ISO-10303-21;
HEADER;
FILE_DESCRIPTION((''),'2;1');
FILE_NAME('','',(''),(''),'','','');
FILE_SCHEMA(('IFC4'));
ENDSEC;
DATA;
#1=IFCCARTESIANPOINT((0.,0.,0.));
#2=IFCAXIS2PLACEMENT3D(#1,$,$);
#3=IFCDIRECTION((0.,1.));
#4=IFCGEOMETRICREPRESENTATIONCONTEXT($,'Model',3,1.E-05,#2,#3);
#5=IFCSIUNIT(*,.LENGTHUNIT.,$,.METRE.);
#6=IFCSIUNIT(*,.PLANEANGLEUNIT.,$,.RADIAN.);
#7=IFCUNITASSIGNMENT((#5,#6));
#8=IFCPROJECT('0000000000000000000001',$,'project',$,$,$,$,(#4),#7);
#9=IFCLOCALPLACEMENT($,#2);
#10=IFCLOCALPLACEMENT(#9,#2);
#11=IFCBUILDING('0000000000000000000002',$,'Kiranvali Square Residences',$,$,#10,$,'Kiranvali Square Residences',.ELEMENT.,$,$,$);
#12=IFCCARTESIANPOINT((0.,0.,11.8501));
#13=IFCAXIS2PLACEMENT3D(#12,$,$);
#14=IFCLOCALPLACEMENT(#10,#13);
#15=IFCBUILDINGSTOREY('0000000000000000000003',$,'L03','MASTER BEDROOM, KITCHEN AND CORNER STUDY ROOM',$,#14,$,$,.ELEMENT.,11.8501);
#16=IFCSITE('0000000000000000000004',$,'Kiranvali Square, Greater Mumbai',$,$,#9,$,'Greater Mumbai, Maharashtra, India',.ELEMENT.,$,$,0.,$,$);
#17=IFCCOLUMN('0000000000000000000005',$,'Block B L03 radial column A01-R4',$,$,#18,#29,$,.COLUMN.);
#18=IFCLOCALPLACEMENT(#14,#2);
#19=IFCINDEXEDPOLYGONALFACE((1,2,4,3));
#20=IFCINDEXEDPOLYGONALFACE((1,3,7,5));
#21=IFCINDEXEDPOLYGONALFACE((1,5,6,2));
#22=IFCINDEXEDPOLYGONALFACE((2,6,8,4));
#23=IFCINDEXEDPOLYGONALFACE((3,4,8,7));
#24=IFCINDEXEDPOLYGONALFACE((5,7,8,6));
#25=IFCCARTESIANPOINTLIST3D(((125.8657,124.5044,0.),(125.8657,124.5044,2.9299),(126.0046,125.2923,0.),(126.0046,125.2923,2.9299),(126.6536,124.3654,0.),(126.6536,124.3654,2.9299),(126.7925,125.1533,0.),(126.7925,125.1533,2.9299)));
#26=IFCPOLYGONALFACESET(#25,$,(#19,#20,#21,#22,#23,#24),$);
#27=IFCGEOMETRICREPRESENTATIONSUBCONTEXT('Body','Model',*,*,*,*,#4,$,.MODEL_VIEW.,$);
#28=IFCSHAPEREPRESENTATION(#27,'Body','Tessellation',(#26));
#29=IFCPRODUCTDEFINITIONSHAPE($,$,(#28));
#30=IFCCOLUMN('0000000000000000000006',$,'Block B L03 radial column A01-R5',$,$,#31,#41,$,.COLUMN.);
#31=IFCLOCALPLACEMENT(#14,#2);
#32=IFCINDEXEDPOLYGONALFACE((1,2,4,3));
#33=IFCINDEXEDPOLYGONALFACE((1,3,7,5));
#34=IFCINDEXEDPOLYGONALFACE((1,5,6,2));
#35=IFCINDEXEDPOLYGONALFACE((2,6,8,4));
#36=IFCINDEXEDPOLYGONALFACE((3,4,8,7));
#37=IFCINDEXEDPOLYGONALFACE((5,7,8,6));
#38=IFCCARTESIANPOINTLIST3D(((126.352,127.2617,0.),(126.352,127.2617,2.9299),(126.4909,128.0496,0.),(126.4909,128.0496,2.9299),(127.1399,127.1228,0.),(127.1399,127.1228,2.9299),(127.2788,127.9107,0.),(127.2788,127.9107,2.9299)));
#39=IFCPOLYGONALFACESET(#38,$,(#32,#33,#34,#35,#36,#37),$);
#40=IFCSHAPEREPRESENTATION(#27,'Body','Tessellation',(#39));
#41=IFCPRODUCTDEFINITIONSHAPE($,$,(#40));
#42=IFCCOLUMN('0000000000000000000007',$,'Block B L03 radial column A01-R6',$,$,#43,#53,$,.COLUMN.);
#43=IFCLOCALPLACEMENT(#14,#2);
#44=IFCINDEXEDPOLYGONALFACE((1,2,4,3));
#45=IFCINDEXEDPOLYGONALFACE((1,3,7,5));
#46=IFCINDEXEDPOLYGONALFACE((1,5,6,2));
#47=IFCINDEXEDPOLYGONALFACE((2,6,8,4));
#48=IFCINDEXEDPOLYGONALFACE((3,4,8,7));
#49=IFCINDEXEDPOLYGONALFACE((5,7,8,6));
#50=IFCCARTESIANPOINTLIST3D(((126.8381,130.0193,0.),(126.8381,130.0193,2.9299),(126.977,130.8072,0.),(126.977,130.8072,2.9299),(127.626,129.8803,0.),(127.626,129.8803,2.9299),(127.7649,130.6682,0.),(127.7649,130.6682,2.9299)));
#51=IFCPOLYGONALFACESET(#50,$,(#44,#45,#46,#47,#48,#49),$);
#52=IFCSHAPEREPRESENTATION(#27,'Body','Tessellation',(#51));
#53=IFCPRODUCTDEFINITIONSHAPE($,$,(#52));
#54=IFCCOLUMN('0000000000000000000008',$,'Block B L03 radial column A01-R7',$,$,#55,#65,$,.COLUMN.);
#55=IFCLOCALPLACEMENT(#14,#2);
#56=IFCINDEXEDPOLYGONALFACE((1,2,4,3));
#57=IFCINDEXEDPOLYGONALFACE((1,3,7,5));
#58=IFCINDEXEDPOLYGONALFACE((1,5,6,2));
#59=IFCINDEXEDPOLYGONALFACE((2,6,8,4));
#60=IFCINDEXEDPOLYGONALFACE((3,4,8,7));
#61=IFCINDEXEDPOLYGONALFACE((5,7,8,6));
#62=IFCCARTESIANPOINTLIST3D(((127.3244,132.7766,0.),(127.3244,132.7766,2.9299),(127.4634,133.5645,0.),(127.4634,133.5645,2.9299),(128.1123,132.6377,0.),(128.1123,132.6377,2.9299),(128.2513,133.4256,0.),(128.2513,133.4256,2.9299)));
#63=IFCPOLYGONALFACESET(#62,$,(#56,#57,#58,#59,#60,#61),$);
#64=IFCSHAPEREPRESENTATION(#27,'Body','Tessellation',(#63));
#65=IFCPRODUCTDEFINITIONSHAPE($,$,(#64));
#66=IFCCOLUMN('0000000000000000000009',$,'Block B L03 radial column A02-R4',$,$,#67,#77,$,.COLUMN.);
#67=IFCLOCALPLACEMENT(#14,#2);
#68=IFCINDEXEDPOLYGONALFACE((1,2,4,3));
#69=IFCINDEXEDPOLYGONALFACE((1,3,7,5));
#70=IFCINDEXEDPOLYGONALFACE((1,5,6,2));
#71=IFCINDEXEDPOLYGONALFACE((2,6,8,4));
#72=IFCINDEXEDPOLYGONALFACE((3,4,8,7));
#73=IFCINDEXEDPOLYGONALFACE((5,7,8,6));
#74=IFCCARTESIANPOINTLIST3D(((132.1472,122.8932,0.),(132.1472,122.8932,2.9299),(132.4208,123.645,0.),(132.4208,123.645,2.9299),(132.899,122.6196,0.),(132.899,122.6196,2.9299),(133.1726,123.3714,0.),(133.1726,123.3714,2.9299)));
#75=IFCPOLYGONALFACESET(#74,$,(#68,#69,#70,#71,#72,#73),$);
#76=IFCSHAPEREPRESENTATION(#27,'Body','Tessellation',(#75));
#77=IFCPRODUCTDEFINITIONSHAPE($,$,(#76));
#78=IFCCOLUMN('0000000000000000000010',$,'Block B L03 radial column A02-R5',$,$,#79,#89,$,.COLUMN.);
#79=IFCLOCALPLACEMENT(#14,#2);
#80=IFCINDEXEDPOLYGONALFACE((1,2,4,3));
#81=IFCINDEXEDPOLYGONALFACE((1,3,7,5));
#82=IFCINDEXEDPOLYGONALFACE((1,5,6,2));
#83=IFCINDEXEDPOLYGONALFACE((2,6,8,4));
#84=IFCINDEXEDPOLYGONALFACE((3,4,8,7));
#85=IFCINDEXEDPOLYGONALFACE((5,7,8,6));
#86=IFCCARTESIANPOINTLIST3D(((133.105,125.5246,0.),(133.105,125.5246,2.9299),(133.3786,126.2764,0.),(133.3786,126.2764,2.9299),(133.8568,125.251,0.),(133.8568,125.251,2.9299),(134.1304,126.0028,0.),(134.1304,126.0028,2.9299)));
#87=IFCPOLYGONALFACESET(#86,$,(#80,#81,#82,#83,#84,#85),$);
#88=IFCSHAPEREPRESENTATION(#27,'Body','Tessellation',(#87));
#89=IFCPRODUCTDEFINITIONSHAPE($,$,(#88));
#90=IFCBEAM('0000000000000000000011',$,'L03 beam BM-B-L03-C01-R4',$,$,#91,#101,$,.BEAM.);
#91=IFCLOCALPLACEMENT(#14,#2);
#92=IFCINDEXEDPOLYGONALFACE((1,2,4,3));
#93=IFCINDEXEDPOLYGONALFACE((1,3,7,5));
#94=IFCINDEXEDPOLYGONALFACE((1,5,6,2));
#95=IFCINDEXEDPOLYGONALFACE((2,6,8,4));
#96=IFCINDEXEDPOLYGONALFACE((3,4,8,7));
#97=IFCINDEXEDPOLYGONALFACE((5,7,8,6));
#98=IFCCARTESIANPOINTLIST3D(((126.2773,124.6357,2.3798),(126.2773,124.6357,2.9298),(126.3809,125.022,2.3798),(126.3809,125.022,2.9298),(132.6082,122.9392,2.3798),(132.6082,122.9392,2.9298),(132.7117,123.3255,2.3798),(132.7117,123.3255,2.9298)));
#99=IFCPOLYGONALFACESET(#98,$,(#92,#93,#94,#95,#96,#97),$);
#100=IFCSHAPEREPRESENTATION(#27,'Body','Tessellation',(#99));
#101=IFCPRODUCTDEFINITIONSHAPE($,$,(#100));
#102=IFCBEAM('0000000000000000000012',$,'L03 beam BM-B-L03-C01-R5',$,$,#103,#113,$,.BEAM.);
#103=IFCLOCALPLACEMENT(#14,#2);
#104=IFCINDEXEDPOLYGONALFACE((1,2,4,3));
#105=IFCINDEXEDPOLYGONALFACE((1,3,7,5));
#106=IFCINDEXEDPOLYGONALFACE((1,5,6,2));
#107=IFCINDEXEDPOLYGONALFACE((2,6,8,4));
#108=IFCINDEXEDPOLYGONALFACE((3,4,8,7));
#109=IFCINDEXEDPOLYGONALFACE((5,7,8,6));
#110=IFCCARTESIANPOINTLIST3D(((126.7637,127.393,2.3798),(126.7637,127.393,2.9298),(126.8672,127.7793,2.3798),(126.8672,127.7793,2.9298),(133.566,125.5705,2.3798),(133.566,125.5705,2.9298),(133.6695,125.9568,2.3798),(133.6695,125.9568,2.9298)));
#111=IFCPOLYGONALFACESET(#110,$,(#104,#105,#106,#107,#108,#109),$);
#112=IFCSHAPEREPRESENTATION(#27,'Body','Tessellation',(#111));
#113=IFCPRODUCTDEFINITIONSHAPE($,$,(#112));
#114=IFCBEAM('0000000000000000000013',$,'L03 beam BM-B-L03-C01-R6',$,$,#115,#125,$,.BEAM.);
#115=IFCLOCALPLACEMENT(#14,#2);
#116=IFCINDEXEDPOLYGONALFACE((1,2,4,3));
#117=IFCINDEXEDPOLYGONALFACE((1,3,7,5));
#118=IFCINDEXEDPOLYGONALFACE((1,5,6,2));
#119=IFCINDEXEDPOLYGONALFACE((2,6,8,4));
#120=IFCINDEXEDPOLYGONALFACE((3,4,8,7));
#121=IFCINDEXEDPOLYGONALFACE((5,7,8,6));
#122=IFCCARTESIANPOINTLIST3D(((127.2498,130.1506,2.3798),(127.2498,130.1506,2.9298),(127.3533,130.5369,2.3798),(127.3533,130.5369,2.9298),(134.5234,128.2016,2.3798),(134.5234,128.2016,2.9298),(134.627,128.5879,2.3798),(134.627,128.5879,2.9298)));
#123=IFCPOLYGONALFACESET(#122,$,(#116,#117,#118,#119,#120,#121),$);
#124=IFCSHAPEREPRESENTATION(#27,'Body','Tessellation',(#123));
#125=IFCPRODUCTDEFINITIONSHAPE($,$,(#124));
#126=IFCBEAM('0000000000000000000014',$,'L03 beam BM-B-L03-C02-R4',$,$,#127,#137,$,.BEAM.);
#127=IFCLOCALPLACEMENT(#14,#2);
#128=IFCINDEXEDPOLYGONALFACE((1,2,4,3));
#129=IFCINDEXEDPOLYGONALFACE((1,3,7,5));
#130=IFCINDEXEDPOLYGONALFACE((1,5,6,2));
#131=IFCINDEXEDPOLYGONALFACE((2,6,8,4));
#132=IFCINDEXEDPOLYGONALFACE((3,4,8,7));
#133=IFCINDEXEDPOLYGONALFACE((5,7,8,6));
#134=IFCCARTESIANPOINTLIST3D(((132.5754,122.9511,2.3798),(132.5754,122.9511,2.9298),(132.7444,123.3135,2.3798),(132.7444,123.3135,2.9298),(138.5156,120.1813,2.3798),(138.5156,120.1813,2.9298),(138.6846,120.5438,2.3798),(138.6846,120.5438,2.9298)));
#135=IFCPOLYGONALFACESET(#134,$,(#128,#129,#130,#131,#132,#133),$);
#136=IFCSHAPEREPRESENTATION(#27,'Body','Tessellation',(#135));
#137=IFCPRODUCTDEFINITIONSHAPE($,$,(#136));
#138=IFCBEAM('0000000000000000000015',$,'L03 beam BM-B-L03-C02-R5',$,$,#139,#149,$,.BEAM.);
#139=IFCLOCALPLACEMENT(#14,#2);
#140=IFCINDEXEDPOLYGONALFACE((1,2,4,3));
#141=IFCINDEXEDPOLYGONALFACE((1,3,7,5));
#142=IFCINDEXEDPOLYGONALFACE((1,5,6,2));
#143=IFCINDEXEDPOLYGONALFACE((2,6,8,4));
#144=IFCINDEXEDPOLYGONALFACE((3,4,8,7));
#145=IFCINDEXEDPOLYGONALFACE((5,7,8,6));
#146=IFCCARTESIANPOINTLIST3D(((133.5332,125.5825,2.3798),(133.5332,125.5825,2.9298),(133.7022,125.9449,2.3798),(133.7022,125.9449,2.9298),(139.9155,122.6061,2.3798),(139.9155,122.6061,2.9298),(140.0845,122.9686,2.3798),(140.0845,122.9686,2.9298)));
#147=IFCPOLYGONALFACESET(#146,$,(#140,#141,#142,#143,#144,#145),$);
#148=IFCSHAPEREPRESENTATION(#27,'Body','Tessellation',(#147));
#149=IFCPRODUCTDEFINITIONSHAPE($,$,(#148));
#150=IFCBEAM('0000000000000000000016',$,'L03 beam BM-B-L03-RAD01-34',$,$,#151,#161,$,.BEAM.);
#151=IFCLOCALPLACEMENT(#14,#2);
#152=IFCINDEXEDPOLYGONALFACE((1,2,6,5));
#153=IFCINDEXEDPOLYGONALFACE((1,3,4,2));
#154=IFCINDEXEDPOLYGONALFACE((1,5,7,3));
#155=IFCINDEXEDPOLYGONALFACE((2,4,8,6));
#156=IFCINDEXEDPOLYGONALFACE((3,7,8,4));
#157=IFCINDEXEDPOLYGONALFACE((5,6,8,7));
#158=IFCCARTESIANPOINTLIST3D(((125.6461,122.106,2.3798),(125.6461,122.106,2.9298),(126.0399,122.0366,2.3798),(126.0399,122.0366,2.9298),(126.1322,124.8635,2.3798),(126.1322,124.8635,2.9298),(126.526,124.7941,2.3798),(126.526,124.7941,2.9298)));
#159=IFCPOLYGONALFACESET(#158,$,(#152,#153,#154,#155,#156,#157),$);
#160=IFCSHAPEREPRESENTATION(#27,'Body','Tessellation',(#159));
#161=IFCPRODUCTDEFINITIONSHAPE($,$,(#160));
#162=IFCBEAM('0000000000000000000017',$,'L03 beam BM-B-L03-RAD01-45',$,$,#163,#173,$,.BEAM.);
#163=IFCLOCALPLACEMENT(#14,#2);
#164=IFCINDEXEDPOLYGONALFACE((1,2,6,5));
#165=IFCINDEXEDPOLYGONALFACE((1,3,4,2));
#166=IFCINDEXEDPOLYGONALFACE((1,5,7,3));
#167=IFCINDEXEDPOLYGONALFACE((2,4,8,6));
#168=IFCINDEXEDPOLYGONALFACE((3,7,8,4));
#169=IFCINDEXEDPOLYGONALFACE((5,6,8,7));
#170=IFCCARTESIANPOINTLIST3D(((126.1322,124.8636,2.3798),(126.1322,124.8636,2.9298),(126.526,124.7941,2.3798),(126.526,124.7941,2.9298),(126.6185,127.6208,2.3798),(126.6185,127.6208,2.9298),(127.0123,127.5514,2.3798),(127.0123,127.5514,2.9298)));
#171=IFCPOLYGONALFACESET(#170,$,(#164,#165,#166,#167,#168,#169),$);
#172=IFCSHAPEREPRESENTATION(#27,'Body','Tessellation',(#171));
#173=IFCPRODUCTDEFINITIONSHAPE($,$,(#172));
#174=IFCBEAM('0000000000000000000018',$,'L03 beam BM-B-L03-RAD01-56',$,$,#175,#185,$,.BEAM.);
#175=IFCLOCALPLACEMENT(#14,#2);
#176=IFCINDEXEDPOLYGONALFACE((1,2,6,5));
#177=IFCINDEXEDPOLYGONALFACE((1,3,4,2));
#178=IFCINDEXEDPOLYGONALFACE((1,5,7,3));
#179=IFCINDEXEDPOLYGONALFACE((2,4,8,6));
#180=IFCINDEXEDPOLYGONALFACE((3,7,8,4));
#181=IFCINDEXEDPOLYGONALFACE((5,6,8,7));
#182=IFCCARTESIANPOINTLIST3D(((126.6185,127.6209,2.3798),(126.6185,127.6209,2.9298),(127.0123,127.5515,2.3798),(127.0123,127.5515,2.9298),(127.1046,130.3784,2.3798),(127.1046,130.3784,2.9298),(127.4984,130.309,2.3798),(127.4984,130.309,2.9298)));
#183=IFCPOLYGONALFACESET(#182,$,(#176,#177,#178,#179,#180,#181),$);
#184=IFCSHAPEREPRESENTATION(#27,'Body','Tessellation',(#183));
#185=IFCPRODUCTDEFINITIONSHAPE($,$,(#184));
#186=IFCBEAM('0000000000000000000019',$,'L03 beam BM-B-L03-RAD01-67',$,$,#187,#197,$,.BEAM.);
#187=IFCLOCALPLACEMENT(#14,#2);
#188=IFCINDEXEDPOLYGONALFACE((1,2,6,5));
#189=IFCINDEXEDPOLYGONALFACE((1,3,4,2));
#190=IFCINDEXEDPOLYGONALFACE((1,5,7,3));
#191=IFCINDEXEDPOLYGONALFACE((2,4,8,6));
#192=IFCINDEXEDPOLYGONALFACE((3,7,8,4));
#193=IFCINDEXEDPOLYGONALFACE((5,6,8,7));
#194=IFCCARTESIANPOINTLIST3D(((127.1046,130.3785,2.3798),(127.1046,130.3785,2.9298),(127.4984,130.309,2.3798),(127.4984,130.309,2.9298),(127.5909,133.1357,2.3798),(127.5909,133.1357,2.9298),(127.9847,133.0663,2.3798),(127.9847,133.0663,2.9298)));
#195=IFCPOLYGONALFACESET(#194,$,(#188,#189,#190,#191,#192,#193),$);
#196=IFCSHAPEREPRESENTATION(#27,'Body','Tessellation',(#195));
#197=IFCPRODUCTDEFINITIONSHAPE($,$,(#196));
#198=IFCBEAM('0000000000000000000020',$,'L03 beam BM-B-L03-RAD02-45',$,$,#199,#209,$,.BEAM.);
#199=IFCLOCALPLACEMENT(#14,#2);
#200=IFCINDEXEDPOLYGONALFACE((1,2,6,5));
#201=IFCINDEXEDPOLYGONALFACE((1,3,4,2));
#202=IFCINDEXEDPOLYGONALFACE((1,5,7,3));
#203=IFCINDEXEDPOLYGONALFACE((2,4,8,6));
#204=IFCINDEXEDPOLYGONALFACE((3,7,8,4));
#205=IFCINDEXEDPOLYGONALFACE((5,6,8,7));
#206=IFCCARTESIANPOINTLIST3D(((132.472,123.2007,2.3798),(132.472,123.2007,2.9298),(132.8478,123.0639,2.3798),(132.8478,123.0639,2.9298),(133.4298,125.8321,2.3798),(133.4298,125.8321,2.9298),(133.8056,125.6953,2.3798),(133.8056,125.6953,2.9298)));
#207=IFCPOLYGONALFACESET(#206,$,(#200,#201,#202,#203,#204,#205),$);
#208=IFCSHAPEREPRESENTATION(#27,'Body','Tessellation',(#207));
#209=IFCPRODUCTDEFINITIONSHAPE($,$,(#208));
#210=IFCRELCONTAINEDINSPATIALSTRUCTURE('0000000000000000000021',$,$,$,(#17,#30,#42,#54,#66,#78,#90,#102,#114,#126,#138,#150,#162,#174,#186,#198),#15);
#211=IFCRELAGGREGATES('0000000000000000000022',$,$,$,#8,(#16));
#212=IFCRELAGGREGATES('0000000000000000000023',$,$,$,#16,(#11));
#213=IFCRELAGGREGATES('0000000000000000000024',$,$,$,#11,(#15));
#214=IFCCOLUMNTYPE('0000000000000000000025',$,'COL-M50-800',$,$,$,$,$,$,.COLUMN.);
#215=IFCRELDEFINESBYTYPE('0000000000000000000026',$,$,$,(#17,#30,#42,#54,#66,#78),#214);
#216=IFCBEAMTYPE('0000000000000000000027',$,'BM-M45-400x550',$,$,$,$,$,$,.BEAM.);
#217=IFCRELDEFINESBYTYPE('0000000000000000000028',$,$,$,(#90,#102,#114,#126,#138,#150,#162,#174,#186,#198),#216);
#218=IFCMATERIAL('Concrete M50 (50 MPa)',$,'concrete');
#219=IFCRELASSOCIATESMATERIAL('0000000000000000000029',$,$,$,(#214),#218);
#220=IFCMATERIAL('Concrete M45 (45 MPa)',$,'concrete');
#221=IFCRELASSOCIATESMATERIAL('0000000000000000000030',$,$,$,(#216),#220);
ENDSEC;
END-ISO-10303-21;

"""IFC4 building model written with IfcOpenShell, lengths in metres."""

from ifc_helpers import new_model, si_unit, direction, frame, origin, origin_2d, place, context, subcontext, project, spatial, rectangle, extrude, material, material_profile, profile_set, type_object, element, save


model = new_model("IFC4")

# Units and contexts
model_context = context("Model", 3, precision=1e-05, world=origin(), true_north=direction((0.0, 1.0)))
body_context = subcontext(model_context, "Body", "Model", "MODEL_VIEW")
ifc_project = project(units=[si_unit("LENGTHUNIT", "METRE"), si_unit("PLANEANGLEUNIT", "RADIAN")], contexts=[model_context])

# Site, building, storey
site_placement = place(None, origin())
site = spatial("IfcSite", under=ifc_project, at=site_placement, Name="Kiranvali Square, Greater Mumbai", LongName="Greater Mumbai, Maharashtra, India", CompositionType="ELEMENT", RefElevation=0.0)
building_placement = place(site_placement, origin())
building = spatial("IfcBuilding", under=site, at=building_placement, Name="Kiranvali Square Residences", LongName="Kiranvali Square Residences", CompositionType="ELEMENT")
storey_placement = place(building_placement, frame((0.0, 0.0, 11.8501)))
storey = spatial("IfcBuildingStorey", under=building, at=storey_placement, Name="L03", Description="MASTER BEDROOM, KITCHEN AND CORNER STUDY ROOM", CompositionType="ELEMENT", Elevation=11.8501)

# Columns
ifc_material_1 = material(Name="Concrete M50 (50 MPa)", Category="concrete")
ifc_material_profile_1 = material_profile(ifc_material_1, rectangle(XDim=0.8, YDim=0.8, at=origin_2d()), Name="RC 800x800")
ifc_profile_set_1 = profile_set([ifc_material_profile_1], Name="Concrete M50 (50 MPa)")
column_type = type_object("IfcColumnType", Name="COL-M50-800", PredefinedType="COLUMN", material=ifc_profile_set_1)
for number, where, z_axis, x_axis, name in (
    (1, (126.3291, 124.8289, 0.0), (0.0, 0.0, 1.0), (-0.984808, 0.173648, 0.0), "Block B L03 radial column A01-R4"),
    (2, (126.8154, 127.5862, 0.0), (0.0, 0.0, 1.0), (-0.984808, 0.173648, 0.0), "Block B L03 radial column A01-R5"),
    (3, (127.3015, 130.3438, 0.0), (0.0, 0.0, 1.0), (-0.984808, 0.173648, 0.0), "Block B L03 radial column A01-R6"),
    (4, (127.7878, 133.1011, 0.0), (0.0, 0.0, 1.0), (-0.984808, 0.173648, 0.0), "Block B L03 radial column A01-R7"),
    (5, (132.6599, 123.1323, 0.0), (0.0, 0.0, 1.0), (-0.939693, 0.34202, 0.0), "Block B L03 radial column A02-R4"),
    (6, (133.6177, 125.7637, 0.0), (0.0, 0.0, 1.0), (-0.939693, 0.34202, 0.0), "Block B L03 radial column A02-R5"),
):
    element("IfcColumn", number, at=place(storey_placement, frame(where, z_axis=z_axis, x_axis=x_axis)), inside=storey, type_object=column_type, Name=name, PredefinedType="COLUMN", context=body_context, shape_type="SweptSolid", body=[
        extrude(rectangle(XDim=0.8, YDim=0.8, at=origin_2d()), origin(), (0.0, 0.0, 1.0), 2.9299),
    ])

# Beams
ifc_material_2 = material(Name="Concrete M45 (45 MPa)", Category="concrete")
ifc_material_profile_2 = material_profile(ifc_material_2, rectangle(XDim=0.3999, YDim=0.55, at=origin_2d()), Name="RC 400x550")
ifc_profile_set_2 = profile_set([ifc_material_profile_2], Name="Concrete M45 (45 MPa)")
beam_type_1 = type_object("IfcBeamType", Name="BM-M45-400x550", PredefinedType="BEAM", material=ifc_profile_set_2)
beam_1_placement = place(storey_placement, frame((126.3291, 124.8289, 2.6548), z_axis=(0.965918, -0.258847, 0.0), x_axis=(0.258847, 0.965918, 0.0)))
element("IfcBeam", 7, at=beam_1_placement, inside=storey, type_object=beam_type_1, Name="L03 beam BM-B-L03-C01-R4", PredefinedType="BEAM", context=body_context, shape_type="SweptSolid", body=[
    extrude(rectangle(XDim=0.3999, YDim=0.55, at=origin_2d()), origin(), (0.0, 0.0, 1.0), 6.5542),
])
beam_2_placement = place(storey_placement, frame((126.8154, 127.5862, 2.6548), z_axis=(0.965931, -0.2588, 0.0), x_axis=(0.2588, 0.965931, 0.0)))
element("IfcBeam", 8, at=beam_2_placement, inside=storey, type_object=beam_type_1, Name="L03 beam BM-B-L03-C01-R5", PredefinedType="BEAM", context=body_context, shape_type="SweptSolid", body=[
    extrude(rectangle(XDim=0.3999, YDim=0.55, at=origin_2d()), origin(), (0.0, 0.0, 1.0), 7.0422),
])
beam_3_placement = place(storey_placement, frame((127.3015, 130.3438, 2.6548), z_axis=(0.965926, -0.258819, 0.0), x_axis=(0.258819, 0.965926, 0.0)))
element("IfcBeam", 9, at=beam_3_placement, inside=storey, type_object=beam_type_1, Name="L03 beam BM-B-L03-C01-R6", PredefinedType="BEAM", context=body_context, shape_type="SweptSolid", body=[
    extrude(rectangle(XDim=0.3999, YDim=0.55, at=origin_2d()), origin(), (0.0, 0.0, 1.0), 7.5303),
])
beam_4_placement = place(storey_placement, frame((132.6599, 123.1323, 2.6548), z_axis=(0.906318, -0.422596, 0.0), x_axis=(0.422596, 0.906318, 0.0)))
element("IfcBeam", 10, at=beam_4_placement, inside=storey, type_object=beam_type_1, Name="L03 beam BM-B-L03-C02-R4", PredefinedType="BEAM", context=body_context, shape_type="SweptSolid", body=[
    extrude(rectangle(XDim=0.3999, YDim=0.55, at=origin_2d()), origin(), (0.0, 0.0, 1.0), 6.5542),
])
beam_5_placement = place(storey_placement, frame((133.6177, 125.7637, 2.6548), z_axis=(0.906297, -0.422641, 0.0), x_axis=(0.422641, 0.906297, 0.0)))
element("IfcBeam", 11, at=beam_5_placement, inside=storey, type_object=beam_type_1, Name="L03 beam BM-B-L03-C02-R5", PredefinedType="BEAM", context=body_context, shape_type="SweptSolid", body=[
    extrude(rectangle(XDim=0.3999, YDim=0.55, at=origin_2d()), origin(), (0.0, 0.0, 1.0), 7.0422),
])
beam_6_placement = place(storey_placement, frame((125.843, 122.0713, 2.6548), z_axis=(0.173596, 0.984817, 0.0), x_axis=(-0.984817, 0.173596, 0.0)))
element("IfcBeam", 12, at=beam_6_placement, inside=storey, type_object=beam_type_1, Name="L03 beam BM-B-L03-RAD01-34", PredefinedType="BEAM", context=body_context, shape_type="SweptSolid", body=[
    extrude(rectangle(XDim=0.3999, YDim=0.55, at=origin_2d()), origin(), (0.0, 0.0, 1.0), 2.8),
])
beam_7_placement = place(storey_placement, frame((126.3291, 124.8289, 2.6548), z_axis=(0.173696, 0.984799, 0.0), x_axis=(-0.984799, 0.173696, 0.0)))
element("IfcBeam", 13, at=beam_7_placement, inside=storey, type_object=beam_type_1, Name="L03 beam BM-B-L03-RAD01-45", PredefinedType="BEAM", context=body_context, shape_type="SweptSolid", body=[
    extrude(rectangle(XDim=0.3999, YDim=0.55, at=origin_2d()), origin(), (0.0, 0.0, 1.0), 2.7998),
])
beam_8_placement = place(storey_placement, frame((126.8154, 127.5862, 2.6548), z_axis=(0.173596, 0.984817, 0.0), x_axis=(-0.984817, 0.173596, 0.0)))
element("IfcBeam", 14, at=beam_8_placement, inside=storey, type_object=beam_type_1, Name="L03 beam BM-B-L03-RAD01-56", PredefinedType="BEAM", context=body_context, shape_type="SweptSolid", body=[
    extrude(rectangle(XDim=0.3999, YDim=0.55, at=origin_2d()), origin(), (0.0, 0.0, 1.0), 2.8),
])
beam_9_placement = place(storey_placement, frame((127.3015, 130.3438, 2.6548), z_axis=(0.173696, 0.984799, 0.0), x_axis=(-0.984799, 0.173696, 0.0)))
element("IfcBeam", 15, at=beam_9_placement, inside=storey, type_object=beam_type_1, Name="L03 beam BM-B-L03-RAD01-67", PredefinedType="BEAM", context=body_context, shape_type="SweptSolid", body=[
    extrude(rectangle(XDim=0.3999, YDim=0.55, at=origin_2d()), origin(), (0.0, 0.0, 1.0), 2.7998),
])
beam_10_placement = place(storey_placement, frame((132.6599, 123.1323, 2.6548), z_axis=(0.34203, 0.939689, 0.0), x_axis=(-0.939689, 0.34203, 0.0)))
element("IfcBeam", 16, at=beam_10_placement, inside=storey, type_object=beam_type_1, Name="L03 beam BM-B-L03-RAD02-45", PredefinedType="BEAM", context=body_context, shape_type="SweptSolid", body=[
    extrude(rectangle(XDim=0.3999, YDim=0.55, at=origin_2d()), origin(), (0.0, 0.0, 1.0), 2.8003),
])

save(model, "model.ifc")
